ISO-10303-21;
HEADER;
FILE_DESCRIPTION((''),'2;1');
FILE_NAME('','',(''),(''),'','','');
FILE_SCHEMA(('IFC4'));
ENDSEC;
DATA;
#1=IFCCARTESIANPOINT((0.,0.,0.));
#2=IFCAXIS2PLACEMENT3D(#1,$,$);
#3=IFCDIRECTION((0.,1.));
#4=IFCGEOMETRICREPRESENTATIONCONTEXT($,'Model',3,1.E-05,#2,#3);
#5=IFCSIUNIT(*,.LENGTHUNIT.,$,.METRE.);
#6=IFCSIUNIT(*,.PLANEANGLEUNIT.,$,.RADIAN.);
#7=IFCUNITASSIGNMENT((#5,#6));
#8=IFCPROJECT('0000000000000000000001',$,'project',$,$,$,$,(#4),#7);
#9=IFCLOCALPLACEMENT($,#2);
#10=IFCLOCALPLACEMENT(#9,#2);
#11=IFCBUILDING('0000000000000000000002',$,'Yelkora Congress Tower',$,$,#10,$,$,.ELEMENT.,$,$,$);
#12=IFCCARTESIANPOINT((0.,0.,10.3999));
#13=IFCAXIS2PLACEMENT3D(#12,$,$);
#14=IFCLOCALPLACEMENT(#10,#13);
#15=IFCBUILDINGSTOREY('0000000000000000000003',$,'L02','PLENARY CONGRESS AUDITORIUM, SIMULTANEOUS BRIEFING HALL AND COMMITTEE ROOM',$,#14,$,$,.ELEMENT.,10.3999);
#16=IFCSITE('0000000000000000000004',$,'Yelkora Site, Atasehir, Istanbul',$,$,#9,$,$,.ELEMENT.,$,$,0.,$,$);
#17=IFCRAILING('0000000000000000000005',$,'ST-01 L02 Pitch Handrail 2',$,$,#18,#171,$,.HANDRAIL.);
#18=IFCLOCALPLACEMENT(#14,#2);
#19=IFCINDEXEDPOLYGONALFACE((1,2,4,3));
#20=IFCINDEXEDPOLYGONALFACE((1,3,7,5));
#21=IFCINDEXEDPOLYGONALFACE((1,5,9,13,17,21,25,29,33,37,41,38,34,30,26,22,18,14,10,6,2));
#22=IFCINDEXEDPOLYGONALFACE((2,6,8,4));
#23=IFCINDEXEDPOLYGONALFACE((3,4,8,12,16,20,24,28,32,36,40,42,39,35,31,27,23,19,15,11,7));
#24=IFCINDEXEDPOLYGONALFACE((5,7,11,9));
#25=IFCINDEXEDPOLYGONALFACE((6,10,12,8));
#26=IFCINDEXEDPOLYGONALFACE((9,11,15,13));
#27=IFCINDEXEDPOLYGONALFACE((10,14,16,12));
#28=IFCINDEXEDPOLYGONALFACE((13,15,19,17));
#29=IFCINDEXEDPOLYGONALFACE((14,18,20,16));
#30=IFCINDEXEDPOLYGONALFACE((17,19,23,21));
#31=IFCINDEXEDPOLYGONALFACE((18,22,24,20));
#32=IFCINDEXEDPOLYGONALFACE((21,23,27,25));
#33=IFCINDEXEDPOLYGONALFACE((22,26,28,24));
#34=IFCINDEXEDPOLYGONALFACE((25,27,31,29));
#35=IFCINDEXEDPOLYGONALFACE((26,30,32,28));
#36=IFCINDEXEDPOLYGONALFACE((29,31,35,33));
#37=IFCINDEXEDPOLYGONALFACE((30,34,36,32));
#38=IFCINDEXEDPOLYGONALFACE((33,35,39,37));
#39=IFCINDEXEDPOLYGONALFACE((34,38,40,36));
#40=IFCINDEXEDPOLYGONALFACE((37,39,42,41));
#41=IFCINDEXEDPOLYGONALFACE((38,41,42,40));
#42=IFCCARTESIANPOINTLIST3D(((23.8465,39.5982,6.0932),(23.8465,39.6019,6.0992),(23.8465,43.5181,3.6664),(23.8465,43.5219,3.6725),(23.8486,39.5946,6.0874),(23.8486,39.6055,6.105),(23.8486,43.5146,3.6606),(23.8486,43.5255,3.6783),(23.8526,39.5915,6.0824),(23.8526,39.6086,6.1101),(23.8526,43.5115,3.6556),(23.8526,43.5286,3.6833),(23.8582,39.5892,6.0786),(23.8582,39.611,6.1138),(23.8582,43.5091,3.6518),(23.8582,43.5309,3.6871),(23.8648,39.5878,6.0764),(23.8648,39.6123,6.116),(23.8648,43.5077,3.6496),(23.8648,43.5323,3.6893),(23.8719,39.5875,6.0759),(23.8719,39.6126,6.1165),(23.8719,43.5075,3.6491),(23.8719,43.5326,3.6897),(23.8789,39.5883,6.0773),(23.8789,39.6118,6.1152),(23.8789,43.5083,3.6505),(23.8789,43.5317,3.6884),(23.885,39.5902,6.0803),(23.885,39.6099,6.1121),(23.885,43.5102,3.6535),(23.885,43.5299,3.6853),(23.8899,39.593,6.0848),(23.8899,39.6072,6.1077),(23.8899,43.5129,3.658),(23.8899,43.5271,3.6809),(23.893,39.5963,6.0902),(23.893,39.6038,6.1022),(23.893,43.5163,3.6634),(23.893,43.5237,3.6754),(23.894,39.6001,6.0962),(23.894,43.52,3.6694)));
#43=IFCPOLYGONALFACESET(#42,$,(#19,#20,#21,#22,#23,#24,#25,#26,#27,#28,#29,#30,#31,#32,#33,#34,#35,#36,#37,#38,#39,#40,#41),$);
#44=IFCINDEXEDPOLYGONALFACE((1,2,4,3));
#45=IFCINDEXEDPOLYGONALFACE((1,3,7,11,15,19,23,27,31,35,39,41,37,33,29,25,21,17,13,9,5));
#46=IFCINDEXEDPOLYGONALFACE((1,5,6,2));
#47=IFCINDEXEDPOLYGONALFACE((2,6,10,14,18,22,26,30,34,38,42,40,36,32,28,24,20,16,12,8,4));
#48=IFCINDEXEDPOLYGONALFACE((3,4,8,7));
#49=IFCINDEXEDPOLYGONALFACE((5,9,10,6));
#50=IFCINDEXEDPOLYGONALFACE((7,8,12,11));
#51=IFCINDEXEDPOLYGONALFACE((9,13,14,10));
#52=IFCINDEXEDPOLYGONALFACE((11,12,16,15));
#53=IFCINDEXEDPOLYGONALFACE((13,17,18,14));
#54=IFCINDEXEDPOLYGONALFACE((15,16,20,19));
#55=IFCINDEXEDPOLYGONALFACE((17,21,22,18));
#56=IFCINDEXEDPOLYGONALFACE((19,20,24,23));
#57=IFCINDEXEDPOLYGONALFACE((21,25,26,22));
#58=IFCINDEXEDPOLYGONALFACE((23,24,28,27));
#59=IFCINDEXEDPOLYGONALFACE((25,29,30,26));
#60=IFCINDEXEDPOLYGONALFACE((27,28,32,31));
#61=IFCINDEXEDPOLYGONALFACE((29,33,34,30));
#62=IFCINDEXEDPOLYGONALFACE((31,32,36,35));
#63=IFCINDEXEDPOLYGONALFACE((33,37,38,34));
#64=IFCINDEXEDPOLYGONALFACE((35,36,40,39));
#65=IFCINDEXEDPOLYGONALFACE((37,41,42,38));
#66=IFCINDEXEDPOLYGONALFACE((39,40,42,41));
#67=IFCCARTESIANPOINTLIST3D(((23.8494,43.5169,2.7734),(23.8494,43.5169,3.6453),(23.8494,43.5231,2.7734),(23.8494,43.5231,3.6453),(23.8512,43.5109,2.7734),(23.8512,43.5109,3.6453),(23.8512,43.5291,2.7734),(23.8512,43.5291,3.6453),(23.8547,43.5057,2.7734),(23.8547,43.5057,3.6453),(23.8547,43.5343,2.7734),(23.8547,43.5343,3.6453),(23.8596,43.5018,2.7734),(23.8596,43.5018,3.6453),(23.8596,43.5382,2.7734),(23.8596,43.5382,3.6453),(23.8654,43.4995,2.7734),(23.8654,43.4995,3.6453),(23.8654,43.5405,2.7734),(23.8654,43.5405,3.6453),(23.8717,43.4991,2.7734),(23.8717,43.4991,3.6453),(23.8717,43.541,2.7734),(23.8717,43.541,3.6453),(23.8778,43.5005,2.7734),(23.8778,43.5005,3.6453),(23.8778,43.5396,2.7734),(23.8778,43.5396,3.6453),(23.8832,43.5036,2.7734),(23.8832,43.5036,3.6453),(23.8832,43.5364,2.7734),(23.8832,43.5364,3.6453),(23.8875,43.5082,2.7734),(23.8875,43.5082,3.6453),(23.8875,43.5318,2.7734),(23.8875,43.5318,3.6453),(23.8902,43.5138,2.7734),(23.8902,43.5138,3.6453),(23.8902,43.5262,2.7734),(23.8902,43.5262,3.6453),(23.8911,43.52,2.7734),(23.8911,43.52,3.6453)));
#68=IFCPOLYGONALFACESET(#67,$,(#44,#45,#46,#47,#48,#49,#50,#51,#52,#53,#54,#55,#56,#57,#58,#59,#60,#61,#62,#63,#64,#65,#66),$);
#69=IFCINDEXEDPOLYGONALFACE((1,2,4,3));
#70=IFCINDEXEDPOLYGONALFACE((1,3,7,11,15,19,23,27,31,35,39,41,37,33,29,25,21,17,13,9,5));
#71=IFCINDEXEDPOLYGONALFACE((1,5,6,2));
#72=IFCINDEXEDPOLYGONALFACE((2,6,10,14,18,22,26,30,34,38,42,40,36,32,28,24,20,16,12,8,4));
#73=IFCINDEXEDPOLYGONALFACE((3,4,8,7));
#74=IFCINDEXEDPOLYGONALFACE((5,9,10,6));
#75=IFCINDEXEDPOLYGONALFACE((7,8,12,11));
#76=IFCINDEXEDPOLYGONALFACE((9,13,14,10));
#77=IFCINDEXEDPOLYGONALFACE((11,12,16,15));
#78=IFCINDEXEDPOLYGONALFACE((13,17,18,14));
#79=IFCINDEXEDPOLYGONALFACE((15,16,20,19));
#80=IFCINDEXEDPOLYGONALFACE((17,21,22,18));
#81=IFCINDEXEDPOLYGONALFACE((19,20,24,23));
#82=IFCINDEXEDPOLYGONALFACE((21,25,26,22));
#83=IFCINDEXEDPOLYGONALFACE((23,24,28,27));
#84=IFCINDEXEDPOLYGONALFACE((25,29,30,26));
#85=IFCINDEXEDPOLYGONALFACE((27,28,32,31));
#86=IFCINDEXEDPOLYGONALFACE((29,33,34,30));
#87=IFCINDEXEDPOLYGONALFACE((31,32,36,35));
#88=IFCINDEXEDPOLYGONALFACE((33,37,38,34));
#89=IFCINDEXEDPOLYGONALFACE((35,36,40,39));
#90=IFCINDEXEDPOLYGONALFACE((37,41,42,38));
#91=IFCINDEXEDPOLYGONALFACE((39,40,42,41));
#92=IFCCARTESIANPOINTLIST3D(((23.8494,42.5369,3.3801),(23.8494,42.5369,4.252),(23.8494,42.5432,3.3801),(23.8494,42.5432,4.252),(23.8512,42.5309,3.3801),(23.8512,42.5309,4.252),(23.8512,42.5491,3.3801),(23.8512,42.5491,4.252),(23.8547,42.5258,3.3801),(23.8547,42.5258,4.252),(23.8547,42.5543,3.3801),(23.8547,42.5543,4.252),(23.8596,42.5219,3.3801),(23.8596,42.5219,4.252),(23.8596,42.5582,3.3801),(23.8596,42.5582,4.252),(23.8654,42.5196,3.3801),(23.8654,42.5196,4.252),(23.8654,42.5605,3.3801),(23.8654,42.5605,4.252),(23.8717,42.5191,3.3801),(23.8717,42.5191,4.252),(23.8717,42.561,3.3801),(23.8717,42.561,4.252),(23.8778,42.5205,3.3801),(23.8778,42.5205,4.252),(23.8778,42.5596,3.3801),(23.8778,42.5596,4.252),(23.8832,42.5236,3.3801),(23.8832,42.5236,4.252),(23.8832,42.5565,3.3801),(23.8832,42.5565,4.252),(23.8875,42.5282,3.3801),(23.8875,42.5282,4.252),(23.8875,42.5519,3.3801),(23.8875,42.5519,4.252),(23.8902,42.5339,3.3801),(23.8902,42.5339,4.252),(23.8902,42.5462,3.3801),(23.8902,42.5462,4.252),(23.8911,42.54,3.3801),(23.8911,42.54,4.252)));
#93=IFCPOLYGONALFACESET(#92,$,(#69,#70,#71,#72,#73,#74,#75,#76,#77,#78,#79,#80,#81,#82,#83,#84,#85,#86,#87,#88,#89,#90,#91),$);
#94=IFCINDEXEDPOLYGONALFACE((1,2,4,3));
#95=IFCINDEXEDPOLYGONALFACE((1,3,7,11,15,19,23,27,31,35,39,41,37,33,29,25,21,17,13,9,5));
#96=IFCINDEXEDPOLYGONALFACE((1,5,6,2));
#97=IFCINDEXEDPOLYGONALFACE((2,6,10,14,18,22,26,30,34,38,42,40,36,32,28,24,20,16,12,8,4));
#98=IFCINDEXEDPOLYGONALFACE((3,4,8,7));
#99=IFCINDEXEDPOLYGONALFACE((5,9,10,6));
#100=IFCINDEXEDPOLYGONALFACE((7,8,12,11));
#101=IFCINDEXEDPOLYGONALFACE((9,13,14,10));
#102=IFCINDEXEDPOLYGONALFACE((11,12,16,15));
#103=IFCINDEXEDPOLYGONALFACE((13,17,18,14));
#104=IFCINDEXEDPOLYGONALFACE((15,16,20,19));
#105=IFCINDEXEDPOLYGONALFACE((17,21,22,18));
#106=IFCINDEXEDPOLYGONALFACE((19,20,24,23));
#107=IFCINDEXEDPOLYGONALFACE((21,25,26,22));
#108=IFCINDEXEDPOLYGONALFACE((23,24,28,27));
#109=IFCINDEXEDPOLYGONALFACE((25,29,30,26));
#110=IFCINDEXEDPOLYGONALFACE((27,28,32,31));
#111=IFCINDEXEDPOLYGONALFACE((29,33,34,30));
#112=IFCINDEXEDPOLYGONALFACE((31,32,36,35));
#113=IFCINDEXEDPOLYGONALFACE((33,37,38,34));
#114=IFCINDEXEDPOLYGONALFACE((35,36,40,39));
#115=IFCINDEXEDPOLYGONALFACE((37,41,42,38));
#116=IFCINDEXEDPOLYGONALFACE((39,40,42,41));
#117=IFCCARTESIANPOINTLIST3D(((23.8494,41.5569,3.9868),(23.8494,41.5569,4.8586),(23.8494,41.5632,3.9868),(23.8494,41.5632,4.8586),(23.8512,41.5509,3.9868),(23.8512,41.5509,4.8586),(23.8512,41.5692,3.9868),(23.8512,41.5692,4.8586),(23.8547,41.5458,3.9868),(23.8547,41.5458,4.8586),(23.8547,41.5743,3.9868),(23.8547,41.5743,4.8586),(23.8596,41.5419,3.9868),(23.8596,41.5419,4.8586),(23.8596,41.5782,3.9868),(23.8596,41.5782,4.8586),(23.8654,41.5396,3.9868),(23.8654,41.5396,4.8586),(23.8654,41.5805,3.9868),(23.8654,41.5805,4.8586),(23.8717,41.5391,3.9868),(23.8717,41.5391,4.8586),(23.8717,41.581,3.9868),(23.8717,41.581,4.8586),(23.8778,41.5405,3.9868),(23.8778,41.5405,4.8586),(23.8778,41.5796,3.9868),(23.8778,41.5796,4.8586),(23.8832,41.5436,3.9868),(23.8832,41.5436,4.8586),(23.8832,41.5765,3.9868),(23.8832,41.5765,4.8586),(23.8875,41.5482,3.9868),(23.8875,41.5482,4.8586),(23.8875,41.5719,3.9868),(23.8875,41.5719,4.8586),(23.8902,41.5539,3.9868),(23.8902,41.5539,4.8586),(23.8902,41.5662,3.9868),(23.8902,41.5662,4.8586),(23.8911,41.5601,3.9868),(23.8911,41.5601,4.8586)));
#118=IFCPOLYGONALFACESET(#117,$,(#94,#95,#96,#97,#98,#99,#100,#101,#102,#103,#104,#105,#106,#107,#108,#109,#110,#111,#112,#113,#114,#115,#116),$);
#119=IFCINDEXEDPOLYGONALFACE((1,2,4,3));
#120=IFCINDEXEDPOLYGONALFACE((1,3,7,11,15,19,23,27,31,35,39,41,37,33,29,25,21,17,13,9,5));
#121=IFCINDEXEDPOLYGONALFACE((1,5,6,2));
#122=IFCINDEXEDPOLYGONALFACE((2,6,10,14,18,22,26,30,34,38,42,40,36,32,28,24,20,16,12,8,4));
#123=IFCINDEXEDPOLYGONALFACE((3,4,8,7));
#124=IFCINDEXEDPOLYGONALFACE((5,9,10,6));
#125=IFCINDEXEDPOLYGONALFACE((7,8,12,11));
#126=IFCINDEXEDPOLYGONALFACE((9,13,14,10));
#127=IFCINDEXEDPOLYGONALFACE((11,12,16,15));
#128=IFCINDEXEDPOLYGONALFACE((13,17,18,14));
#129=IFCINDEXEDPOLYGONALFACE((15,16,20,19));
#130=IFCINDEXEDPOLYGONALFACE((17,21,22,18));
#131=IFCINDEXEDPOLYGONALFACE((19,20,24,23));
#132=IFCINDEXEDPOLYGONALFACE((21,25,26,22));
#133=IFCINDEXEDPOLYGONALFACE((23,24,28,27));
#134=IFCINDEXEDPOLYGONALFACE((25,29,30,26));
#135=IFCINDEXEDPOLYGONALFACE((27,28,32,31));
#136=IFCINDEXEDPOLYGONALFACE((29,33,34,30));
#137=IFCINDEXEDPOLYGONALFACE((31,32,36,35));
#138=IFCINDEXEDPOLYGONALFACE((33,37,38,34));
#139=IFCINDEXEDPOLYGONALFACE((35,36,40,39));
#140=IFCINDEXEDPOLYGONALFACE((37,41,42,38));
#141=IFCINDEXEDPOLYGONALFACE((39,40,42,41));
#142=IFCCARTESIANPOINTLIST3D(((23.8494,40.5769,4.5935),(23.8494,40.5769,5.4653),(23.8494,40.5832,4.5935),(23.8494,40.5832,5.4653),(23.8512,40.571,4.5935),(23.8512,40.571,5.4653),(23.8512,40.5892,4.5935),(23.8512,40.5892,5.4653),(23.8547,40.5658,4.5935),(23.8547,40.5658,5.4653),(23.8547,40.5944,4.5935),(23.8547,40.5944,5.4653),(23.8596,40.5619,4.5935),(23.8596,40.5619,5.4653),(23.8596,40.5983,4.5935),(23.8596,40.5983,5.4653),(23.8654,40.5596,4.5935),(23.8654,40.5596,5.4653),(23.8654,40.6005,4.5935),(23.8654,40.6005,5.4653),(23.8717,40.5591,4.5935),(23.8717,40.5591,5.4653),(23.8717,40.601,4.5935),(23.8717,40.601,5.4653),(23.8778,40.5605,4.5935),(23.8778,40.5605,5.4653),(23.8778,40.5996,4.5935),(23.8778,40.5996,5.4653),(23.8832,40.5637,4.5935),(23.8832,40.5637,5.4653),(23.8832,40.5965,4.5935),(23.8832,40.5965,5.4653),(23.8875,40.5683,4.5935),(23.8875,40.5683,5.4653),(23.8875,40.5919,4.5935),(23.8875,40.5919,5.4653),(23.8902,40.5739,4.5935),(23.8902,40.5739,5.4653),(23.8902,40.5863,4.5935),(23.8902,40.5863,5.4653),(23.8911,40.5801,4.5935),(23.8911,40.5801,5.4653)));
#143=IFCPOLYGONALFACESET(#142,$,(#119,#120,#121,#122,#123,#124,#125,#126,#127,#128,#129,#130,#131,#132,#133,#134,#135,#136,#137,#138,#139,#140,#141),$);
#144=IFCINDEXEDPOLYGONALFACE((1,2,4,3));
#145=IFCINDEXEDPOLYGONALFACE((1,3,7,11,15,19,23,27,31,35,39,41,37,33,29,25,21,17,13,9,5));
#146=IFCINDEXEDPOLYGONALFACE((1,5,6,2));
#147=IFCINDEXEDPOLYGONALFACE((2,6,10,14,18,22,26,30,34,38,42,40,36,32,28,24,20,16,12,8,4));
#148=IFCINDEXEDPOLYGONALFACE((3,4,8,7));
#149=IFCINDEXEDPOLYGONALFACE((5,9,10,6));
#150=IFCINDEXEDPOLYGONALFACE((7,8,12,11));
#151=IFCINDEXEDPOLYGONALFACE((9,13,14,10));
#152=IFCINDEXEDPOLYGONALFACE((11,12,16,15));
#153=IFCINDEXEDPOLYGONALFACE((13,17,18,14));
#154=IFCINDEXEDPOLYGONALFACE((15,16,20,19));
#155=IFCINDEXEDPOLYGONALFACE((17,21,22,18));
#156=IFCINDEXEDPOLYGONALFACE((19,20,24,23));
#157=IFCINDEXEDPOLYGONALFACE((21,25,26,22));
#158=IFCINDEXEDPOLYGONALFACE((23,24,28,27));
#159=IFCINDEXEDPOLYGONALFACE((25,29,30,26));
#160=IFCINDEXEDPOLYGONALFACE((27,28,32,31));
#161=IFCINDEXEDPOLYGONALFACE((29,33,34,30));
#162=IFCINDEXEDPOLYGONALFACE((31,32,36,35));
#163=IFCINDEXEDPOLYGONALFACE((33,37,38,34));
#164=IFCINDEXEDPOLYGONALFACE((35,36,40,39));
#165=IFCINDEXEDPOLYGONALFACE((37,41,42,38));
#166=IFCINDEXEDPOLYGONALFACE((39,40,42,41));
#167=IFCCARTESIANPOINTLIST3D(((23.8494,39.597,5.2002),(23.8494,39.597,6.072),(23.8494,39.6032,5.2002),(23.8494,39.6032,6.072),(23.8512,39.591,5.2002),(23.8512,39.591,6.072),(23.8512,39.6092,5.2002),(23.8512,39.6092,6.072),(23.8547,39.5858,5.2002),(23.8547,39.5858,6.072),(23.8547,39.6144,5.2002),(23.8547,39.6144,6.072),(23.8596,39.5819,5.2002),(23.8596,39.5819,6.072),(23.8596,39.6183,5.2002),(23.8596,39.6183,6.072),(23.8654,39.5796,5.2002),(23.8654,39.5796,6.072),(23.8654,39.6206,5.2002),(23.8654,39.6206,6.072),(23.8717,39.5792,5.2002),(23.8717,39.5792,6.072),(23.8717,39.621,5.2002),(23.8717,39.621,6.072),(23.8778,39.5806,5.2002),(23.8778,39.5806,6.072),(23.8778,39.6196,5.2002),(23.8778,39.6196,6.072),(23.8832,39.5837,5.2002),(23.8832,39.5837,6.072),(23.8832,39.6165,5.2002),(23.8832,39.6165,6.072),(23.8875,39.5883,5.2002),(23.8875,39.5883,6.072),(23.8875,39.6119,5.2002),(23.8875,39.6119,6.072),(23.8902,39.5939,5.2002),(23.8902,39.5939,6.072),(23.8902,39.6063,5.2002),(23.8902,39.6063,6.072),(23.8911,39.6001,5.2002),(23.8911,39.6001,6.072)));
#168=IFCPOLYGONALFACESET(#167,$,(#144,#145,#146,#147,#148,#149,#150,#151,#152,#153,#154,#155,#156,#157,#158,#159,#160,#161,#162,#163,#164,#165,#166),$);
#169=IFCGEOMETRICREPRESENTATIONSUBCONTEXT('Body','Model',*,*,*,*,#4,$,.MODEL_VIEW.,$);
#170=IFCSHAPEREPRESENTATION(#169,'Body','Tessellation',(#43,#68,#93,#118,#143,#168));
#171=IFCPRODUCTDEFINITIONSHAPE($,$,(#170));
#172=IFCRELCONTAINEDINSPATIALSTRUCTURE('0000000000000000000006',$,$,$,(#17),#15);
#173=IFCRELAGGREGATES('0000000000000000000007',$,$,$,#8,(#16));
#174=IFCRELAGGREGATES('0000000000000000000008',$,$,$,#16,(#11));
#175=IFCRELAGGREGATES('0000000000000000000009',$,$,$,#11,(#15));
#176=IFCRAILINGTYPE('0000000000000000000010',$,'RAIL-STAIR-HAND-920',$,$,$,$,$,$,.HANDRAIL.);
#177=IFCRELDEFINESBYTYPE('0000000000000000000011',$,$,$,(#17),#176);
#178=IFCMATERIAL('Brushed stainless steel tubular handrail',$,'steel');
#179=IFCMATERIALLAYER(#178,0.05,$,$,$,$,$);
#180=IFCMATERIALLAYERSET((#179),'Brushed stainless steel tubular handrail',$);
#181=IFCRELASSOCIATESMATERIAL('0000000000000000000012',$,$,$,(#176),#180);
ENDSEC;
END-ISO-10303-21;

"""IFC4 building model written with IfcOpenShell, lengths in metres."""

from ifc_helpers import new_model, si_unit, direction, frame, origin, origin_2d, place, context, subcontext, project, spatial, circle, extrude, material, layer, layer_set, type_object, element, save


model = new_model("IFC4")

# Units and contexts
model_context = context("Model", 3, precision=1e-05, world=origin(), true_north=direction((0.0, 1.0)))
body_context = subcontext(model_context, "Body", "Model", "MODEL_VIEW")
ifc_project = project(units=[si_unit("LENGTHUNIT", "METRE"), si_unit("PLANEANGLEUNIT", "RADIAN")], contexts=[model_context])

# Site, building, storey
site_placement = place(None, origin())
site = spatial("IfcSite", under=ifc_project, at=site_placement, Name="Yelkora Site, Atasehir, Istanbul", CompositionType="ELEMENT", RefElevation=0.0)
building_placement = place(site_placement, origin())
building = spatial("IfcBuilding", under=site, at=building_placement, Name="Yelkora Congress Tower", CompositionType="ELEMENT")
storey_placement = place(building_placement, frame((0.0, 0.0, 10.3999)))
storey = spatial("IfcBuildingStorey", under=building, at=storey_placement, Name="L02", Description="PLENARY CONGRESS AUDITORIUM, SIMULTANEOUS BRIEFING HALL AND COMMITTEE ROOM", CompositionType="ELEMENT", Elevation=10.3999)

# Railing
ifc_material_1 = material(Name="Brushed stainless steel tubular handrail", Category="steel")
ifc_layer_1 = layer(ifc_material_1, 0.05)
ifc_layer_set_1 = layer_set([ifc_layer_1], Name="Brushed stainless steel tubular handrail")
railing_type_1 = type_object("IfcRailingType", Name="RAIL-STAIR-HAND-920", PredefinedType="HANDRAIL", material=ifc_layer_set_1)
railing_1_placement = place(storey_placement, frame((23.8701, 43.52, 2.7734)))
element("IfcRailing", 1, at=railing_1_placement, inside=storey, type_object=railing_type_1, Name="ST-01 L02 Pitch Handrail 2", PredefinedType="HANDRAIL", context=body_context, shape_type="SweptSolid", body=[
    extrude(circle(Radius=0.0239, at=origin_2d()), frame((0.0, 0.0, 0.896), z_axis=(0.0, -0.850252, 0.526376), x_axis=(1.0, 0.0, 0.0)), (0.0, 0.0, 1.0), 4.6104),
    extrude(circle(Radius=0.021, at=origin_2d()), origin(), (0.0, 0.0, 1.0), 0.8718),
    extrude(circle(Radius=0.021, at=origin_2d()), frame((0.0, -0.98, 0.6067)), (0.0, 0.0, 1.0), 0.8718),
    extrude(circle(Radius=0.021, at=origin_2d()), frame((0.0, -1.96, 1.2134)), (0.0, 0.0, 1.0), 0.8718),
    extrude(circle(Radius=0.021, at=origin_2d()), frame((0.0, -2.9399, 1.8201)), (0.0, 0.0, 1.0), 0.8718),
    extrude(circle(Radius=0.021, at=origin_2d()), frame((0.0, -3.9199, 2.4268)), (0.0, 0.0, 1.0), 0.8718),
])

save(model, "model.ifc")
